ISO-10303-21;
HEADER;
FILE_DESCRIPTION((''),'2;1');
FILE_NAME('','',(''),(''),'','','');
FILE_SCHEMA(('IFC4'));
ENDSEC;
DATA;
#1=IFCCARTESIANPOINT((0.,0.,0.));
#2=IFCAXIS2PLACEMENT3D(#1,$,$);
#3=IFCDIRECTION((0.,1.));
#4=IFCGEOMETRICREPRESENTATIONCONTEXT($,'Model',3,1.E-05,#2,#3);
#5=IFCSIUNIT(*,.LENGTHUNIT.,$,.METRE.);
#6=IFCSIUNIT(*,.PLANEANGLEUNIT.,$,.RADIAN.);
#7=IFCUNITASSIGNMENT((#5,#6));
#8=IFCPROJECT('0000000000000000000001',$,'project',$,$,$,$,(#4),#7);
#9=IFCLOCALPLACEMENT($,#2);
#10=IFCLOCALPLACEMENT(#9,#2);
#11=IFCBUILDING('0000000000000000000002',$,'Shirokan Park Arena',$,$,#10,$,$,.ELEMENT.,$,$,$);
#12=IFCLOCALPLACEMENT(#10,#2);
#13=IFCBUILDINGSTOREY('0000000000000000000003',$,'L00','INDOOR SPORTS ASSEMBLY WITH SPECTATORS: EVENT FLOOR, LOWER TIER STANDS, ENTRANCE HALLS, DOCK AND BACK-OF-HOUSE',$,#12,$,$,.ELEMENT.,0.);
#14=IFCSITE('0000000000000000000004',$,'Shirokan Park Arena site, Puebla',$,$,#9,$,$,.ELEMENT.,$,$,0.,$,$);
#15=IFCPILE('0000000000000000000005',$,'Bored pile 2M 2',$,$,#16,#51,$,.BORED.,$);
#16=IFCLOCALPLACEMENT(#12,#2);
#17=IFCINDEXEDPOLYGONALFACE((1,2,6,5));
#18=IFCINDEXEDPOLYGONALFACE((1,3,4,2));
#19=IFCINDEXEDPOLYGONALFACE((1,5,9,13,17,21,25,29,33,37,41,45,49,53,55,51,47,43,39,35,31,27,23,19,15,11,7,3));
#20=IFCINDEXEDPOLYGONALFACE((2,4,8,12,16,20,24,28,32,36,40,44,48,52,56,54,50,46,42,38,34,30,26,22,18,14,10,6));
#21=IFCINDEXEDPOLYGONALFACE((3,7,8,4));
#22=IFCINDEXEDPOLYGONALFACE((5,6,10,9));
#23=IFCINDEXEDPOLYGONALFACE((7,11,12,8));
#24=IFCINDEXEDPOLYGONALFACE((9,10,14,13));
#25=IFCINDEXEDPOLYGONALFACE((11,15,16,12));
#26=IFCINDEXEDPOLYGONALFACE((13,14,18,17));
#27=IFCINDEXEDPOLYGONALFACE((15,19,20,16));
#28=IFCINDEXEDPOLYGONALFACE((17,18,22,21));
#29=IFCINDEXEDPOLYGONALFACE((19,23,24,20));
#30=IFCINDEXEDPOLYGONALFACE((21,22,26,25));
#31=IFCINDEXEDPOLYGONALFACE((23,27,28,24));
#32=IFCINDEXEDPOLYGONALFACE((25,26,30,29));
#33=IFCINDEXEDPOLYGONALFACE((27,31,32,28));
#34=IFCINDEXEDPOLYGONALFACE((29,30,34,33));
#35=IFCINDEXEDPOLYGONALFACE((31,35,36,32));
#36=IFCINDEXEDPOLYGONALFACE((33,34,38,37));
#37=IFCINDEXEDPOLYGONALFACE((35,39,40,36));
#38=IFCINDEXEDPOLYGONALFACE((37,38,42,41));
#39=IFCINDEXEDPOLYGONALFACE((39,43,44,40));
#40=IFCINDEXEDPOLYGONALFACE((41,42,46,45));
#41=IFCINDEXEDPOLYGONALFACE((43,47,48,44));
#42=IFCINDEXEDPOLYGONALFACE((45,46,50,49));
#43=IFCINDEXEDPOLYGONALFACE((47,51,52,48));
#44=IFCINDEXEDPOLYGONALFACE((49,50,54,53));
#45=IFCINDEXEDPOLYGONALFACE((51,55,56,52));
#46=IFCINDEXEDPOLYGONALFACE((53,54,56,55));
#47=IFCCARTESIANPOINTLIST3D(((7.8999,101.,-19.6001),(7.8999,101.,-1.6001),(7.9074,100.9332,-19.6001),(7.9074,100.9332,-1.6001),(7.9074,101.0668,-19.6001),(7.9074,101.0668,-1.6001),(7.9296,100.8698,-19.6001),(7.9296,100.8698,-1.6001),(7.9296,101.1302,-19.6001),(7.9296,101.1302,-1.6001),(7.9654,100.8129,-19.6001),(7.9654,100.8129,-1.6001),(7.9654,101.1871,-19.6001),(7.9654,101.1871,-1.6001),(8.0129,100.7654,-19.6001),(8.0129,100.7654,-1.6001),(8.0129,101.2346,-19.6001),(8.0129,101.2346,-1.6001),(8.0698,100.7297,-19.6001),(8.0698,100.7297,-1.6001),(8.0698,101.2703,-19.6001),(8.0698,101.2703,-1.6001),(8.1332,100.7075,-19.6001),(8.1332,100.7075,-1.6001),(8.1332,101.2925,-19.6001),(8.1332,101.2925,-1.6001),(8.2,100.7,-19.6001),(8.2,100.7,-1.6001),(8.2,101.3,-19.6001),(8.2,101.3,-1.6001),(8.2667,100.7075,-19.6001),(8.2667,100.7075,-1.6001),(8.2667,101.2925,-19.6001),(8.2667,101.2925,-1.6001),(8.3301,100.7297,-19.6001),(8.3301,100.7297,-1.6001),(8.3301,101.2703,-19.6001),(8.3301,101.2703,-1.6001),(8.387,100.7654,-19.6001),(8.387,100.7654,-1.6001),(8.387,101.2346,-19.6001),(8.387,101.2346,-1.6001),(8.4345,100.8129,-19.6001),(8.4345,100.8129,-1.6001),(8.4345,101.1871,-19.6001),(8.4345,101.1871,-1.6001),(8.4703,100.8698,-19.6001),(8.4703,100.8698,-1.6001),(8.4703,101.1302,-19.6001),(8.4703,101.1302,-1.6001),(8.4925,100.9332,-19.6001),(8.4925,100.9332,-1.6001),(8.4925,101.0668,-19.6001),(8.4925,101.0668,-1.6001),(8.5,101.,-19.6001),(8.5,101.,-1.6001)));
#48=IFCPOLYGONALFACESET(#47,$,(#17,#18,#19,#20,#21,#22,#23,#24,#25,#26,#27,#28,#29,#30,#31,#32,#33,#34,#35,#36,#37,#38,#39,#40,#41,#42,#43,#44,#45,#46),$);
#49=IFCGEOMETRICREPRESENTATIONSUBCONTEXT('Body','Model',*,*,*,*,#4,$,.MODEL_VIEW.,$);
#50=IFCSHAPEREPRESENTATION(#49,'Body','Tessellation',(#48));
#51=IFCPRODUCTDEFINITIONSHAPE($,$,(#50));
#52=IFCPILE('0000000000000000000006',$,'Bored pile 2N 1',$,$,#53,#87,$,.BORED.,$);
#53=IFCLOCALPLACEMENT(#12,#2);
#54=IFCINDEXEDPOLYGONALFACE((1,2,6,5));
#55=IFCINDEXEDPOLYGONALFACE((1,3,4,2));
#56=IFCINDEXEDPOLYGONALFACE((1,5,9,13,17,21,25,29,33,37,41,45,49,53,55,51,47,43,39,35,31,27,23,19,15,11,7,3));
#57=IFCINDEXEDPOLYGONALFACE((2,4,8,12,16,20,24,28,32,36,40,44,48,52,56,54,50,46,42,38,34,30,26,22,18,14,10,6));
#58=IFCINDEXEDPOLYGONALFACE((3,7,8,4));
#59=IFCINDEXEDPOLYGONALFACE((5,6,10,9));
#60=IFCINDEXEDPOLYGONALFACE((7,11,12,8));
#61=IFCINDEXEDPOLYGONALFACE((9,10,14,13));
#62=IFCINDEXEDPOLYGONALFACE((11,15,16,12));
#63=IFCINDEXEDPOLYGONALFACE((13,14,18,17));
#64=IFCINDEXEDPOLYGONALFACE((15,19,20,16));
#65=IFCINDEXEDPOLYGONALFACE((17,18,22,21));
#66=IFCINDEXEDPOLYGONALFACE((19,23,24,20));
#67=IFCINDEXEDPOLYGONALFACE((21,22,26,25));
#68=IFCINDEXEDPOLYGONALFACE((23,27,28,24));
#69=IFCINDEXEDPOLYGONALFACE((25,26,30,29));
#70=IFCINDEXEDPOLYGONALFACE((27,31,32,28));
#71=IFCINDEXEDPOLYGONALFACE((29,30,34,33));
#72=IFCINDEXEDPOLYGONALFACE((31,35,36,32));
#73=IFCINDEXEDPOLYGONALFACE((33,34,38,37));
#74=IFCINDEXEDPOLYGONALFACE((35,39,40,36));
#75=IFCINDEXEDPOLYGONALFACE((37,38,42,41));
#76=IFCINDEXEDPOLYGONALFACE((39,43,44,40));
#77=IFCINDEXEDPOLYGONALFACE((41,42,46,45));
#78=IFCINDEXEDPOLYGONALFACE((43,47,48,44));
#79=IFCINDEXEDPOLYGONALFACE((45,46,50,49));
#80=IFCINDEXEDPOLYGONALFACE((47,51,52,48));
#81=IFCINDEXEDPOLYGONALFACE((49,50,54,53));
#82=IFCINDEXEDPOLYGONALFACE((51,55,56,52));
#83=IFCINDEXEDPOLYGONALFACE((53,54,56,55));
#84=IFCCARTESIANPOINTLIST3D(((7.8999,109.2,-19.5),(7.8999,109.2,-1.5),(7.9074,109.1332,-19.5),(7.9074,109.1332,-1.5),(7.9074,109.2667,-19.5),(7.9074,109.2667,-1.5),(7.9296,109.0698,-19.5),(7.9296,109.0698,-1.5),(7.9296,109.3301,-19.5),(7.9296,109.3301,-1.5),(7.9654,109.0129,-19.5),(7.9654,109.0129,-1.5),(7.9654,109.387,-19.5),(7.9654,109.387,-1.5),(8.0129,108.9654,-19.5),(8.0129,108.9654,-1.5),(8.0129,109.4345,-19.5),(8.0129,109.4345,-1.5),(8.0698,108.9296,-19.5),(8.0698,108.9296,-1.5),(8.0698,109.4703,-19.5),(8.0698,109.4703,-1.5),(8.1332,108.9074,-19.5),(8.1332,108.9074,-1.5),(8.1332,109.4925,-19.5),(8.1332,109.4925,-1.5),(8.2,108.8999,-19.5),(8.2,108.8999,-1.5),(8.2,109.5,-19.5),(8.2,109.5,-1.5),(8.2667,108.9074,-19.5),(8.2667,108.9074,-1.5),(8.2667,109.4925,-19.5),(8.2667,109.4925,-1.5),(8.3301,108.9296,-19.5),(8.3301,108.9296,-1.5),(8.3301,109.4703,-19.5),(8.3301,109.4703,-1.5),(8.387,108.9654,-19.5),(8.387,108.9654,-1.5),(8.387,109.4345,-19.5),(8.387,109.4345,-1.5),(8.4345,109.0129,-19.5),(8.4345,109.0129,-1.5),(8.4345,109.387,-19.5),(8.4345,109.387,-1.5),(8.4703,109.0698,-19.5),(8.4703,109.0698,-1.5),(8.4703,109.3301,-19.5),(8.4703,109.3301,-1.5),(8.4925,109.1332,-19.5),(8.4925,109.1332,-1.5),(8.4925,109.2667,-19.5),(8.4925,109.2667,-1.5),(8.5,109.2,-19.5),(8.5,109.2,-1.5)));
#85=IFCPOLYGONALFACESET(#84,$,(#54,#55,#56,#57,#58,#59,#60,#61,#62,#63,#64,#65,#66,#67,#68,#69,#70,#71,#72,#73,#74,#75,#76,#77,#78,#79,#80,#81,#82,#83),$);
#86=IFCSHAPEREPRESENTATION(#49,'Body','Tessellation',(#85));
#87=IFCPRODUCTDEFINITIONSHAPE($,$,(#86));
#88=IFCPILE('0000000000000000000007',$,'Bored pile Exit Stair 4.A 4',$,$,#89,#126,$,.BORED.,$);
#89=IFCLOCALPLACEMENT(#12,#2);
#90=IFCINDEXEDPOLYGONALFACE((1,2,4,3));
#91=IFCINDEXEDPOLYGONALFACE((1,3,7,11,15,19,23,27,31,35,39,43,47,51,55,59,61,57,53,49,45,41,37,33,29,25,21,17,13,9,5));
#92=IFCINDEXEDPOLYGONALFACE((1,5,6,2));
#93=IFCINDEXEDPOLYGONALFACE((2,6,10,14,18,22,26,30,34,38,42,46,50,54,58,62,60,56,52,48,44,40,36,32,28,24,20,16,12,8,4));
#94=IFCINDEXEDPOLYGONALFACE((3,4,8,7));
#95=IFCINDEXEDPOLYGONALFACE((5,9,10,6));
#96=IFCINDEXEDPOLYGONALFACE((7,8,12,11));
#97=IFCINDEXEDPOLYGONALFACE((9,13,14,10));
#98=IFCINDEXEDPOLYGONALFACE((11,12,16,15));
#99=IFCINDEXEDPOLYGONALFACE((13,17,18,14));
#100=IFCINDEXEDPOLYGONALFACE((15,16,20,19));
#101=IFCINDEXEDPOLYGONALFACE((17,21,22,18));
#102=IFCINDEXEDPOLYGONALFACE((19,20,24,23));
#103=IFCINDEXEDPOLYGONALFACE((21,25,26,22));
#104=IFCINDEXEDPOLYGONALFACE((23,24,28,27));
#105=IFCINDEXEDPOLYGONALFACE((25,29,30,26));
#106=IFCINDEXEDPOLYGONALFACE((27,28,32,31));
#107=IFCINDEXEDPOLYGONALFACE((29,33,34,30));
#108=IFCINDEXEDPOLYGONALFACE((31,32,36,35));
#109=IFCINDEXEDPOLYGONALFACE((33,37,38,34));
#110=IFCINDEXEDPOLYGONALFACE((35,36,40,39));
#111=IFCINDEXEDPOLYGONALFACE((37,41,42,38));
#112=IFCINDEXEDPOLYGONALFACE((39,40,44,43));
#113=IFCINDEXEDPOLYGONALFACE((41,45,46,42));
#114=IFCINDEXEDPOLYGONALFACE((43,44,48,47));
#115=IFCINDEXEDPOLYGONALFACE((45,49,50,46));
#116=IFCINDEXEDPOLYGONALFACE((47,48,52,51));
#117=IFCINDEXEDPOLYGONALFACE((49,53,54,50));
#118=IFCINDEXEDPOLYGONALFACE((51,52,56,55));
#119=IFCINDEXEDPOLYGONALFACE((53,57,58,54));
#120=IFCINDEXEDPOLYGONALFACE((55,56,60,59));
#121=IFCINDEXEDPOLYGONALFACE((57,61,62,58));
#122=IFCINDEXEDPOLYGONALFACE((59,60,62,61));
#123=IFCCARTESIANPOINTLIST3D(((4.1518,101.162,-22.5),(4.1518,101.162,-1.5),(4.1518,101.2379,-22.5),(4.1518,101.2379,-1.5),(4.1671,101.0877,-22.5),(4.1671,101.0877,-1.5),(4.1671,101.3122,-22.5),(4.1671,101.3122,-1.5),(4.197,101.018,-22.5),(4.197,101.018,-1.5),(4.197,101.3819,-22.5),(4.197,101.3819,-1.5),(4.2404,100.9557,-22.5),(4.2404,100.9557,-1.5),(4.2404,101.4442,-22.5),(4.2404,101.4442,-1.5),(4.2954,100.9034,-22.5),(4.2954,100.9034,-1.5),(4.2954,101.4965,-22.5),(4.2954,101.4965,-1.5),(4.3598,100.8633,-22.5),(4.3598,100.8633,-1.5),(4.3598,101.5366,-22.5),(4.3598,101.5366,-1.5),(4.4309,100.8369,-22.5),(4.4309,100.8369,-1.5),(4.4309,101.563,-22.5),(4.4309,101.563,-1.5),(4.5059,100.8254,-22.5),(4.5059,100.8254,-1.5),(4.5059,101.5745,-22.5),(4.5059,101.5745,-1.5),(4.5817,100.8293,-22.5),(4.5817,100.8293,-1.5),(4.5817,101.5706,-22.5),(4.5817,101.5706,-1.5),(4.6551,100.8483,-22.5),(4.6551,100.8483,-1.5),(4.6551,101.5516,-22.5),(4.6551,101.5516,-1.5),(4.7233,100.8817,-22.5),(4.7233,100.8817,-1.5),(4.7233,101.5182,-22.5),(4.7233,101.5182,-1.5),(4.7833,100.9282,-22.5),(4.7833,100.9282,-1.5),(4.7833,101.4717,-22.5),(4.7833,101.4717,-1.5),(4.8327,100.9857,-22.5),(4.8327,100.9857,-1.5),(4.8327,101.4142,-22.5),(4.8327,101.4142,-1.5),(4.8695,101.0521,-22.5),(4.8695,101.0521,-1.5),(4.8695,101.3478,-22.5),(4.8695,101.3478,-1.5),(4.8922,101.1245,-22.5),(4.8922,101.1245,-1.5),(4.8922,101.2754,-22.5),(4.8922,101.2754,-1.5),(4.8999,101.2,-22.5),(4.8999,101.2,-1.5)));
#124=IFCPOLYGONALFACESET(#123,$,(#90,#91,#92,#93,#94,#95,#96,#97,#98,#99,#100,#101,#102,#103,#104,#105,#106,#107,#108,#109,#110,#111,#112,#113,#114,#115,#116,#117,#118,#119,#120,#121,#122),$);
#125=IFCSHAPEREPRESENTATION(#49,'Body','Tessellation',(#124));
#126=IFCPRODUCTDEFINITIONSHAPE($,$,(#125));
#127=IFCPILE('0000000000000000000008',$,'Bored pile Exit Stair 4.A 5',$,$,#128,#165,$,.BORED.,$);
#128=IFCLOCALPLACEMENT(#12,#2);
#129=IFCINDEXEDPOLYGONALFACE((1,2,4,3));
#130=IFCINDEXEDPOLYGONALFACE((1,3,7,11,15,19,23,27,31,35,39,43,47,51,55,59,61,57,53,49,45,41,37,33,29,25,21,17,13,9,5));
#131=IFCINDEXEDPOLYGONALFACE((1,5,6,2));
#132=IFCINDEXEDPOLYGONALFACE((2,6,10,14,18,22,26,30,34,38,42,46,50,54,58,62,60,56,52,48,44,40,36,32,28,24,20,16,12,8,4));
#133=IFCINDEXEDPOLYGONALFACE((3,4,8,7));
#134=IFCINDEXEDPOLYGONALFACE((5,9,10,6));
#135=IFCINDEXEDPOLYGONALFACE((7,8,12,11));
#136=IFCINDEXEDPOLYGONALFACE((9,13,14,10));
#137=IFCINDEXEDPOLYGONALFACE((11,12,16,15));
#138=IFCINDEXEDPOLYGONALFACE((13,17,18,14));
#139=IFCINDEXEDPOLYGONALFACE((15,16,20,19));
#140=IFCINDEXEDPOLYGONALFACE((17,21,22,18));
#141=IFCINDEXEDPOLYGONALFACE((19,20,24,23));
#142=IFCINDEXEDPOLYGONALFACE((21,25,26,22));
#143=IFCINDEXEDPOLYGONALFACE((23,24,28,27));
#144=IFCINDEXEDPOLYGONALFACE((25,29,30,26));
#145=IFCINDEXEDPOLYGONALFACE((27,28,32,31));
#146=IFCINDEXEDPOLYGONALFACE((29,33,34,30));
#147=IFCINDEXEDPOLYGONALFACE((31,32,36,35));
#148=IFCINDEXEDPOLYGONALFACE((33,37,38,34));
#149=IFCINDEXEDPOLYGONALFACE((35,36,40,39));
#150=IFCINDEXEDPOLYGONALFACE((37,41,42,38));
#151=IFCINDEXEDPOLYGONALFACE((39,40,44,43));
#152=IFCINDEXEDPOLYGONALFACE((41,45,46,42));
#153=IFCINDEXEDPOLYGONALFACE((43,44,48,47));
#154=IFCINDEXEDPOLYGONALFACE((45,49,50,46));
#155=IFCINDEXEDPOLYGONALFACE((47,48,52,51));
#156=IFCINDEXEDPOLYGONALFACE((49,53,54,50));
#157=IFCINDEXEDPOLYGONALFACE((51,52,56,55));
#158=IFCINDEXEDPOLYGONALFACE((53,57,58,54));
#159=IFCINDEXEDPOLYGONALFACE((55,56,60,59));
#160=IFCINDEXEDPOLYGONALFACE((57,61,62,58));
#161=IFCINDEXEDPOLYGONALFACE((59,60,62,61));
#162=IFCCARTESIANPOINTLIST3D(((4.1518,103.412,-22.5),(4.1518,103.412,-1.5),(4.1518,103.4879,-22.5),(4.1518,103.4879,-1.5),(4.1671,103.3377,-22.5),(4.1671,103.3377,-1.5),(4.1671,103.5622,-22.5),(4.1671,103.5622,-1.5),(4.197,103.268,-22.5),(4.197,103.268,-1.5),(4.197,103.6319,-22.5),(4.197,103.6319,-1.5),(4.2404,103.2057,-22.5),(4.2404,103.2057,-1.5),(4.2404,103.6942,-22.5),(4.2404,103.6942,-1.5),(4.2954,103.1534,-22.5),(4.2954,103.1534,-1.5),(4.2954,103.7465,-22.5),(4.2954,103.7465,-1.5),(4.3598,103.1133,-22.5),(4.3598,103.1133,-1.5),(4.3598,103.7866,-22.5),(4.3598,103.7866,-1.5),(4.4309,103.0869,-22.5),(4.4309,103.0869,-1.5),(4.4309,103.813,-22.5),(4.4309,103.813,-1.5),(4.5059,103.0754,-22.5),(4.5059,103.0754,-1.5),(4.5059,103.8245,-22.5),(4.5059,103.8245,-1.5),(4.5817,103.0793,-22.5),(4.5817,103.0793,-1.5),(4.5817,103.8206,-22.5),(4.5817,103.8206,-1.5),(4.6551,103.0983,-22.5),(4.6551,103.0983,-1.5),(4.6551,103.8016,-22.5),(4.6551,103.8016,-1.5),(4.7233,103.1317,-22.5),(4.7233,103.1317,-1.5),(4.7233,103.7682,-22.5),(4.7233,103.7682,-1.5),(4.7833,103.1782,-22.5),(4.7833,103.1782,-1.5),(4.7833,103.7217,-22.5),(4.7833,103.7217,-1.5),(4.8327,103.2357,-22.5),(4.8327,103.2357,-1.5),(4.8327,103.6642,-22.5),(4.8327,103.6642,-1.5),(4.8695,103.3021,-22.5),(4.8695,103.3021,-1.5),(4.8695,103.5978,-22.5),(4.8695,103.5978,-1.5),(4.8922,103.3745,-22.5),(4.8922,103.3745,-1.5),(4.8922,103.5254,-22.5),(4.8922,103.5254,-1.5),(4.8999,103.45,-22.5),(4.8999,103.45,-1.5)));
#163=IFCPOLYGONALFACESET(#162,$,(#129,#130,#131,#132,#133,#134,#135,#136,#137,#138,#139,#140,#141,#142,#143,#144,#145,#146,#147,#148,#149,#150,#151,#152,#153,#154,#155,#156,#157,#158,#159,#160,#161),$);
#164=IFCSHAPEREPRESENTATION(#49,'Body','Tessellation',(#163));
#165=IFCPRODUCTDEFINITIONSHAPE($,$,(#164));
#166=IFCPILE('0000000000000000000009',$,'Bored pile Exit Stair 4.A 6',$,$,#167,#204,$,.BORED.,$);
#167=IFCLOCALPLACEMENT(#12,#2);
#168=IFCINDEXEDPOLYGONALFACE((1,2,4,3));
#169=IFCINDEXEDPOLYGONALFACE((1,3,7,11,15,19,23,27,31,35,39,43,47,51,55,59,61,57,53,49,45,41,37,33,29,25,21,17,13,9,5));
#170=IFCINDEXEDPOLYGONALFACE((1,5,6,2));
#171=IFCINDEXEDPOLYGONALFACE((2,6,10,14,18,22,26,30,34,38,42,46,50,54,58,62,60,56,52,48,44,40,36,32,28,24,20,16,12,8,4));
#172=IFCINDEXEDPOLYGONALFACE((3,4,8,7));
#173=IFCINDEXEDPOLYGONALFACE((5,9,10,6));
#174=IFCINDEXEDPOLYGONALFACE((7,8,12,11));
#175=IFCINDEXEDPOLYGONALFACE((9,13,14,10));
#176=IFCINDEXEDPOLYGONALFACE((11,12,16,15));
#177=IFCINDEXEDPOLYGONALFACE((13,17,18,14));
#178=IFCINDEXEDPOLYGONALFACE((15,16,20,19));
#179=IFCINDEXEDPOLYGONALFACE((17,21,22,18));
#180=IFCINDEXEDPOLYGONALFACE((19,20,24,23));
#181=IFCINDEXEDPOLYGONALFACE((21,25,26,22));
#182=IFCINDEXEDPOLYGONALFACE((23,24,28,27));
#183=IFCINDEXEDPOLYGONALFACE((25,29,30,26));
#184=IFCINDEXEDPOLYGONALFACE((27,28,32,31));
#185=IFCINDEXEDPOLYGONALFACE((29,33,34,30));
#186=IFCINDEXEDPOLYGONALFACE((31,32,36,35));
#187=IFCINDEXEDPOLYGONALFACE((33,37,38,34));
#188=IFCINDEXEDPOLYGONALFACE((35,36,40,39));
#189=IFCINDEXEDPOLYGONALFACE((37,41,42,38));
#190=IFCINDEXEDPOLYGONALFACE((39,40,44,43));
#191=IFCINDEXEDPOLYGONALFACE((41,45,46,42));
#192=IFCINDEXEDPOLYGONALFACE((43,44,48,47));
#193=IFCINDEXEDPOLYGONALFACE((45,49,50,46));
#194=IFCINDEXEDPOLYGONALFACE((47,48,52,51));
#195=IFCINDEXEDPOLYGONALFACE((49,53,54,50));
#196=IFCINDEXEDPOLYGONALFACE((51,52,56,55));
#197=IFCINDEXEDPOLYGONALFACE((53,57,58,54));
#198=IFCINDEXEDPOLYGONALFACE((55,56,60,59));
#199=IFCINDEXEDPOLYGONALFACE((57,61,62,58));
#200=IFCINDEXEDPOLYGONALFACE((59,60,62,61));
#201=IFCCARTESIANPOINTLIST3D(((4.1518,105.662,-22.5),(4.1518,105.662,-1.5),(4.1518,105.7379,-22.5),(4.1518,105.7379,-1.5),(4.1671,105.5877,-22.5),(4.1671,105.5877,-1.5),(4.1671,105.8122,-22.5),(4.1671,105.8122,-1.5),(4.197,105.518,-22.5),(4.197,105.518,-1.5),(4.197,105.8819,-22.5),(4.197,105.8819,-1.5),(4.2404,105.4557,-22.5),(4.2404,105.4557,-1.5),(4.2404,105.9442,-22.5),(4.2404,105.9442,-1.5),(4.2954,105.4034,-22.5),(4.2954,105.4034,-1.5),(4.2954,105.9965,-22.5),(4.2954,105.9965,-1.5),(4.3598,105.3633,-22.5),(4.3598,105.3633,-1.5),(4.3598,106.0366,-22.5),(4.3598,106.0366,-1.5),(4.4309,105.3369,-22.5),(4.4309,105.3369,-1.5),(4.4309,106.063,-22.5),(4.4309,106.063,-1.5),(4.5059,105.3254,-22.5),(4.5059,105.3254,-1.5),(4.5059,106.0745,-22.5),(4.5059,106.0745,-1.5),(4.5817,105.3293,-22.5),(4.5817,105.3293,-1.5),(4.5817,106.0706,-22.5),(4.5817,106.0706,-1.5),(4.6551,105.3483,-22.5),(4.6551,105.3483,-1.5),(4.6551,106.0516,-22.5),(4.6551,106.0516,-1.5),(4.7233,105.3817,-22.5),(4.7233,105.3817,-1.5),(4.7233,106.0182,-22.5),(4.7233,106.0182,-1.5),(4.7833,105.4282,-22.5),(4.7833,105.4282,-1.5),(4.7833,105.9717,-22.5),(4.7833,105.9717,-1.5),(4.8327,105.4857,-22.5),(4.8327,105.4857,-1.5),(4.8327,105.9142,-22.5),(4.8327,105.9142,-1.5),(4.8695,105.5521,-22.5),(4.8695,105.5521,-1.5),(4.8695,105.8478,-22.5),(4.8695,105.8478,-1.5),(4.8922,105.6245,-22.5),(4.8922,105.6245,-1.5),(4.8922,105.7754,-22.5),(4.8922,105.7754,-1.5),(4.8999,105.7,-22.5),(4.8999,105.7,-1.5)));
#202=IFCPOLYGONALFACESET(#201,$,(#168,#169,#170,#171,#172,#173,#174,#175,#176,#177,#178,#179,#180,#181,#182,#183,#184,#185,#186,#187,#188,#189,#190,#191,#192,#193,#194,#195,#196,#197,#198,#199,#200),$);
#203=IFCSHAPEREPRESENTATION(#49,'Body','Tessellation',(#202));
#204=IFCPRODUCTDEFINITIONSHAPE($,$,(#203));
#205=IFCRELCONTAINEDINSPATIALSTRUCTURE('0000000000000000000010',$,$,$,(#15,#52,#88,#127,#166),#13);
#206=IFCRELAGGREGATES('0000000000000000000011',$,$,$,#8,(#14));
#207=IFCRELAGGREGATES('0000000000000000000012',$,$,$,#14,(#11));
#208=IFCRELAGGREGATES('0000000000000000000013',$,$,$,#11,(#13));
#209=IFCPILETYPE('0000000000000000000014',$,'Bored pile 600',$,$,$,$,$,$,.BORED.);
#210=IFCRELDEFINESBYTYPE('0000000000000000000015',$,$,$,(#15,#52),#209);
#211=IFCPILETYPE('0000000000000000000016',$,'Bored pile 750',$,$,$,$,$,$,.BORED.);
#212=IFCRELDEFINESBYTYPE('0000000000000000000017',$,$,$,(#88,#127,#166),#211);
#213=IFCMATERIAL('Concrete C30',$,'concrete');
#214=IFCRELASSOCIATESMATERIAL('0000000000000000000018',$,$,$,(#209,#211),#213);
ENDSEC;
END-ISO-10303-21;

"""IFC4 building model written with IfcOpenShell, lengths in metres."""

from ifc_helpers import new_model, si_unit, direction, frame, origin, origin_2d, place, context, subcontext, project, spatial, circle, extrude, material, material_profile, profile_set, type_object, element, save


model = new_model("IFC4")

# Units and contexts
model_context = context("Model", 3, precision=1e-05, world=origin(), true_north=direction((0.0, 1.0)))
body_context = subcontext(model_context, "Body", "Model", "MODEL_VIEW")
ifc_project = project(units=[si_unit("LENGTHUNIT", "METRE"), si_unit("PLANEANGLEUNIT", "RADIAN")], contexts=[model_context])

# Site, building, storey
site_placement = place(None, origin())
site = spatial("IfcSite", under=ifc_project, at=site_placement, Name="Shirokan Park Arena site, Puebla", CompositionType="ELEMENT", RefElevation=0.0)
building_placement = place(site_placement, origin())
building = spatial("IfcBuilding", under=site, at=building_placement, Name="Shirokan Park Arena", CompositionType="ELEMENT")
storey_placement = place(building_placement, origin())
storey = spatial("IfcBuildingStorey", under=building, at=storey_placement, Name="L00", Description="INDOOR SPORTS ASSEMBLY WITH SPECTATORS: EVENT FLOOR, LOWER TIER STANDS, ENTRANCE HALLS, DOCK AND BACK-OF-HOUSE", CompositionType="ELEMENT", Elevation=0.0)

# Piles
ifc_material_1 = material(Name="Concrete C30", Category="concrete")
ifc_material_profile_1 = material_profile(ifc_material_1, circle(Radius=0.3, at=origin_2d()), Name="D600")
ifc_profile_set_1 = profile_set([ifc_material_profile_1], Name="Concrete C30")
pile_type_1 = type_object("IfcPileType", Name="Bored pile 600", PredefinedType="BORED", material=ifc_profile_set_1)
for number, where, z_axis, x_axis, name in (
    (1, (8.2, 101.0, -1.6001), (0.0, 0.0, -1.0), (1.0, 0.0, 0.0), "Bored pile 2M 2"),
    (2, (8.2, 109.2, -1.5), (0.0, 0.0, -1.0), (1.0, 0.0, 0.0), "Bored pile 2N 1"),
):
    element("IfcPile", number, at=place(storey_placement, frame(where, z_axis=z_axis, x_axis=x_axis)), inside=storey, type_object=pile_type_1, Name=name, PredefinedType="BORED", context=body_context, shape_type="SweptSolid", body=[
        extrude(circle(Radius=0.3, at=origin_2d()), origin(), (0.0, 0.0, 1.0), 18.0),
    ])
ifc_material_profile_2 = material_profile(ifc_material_1, circle(Radius=0.375, at=origin_2d()), Name="D750")
ifc_profile_set_2 = profile_set([ifc_material_profile_2], Name="Concrete C30")
pile_type_2 = type_object("IfcPileType", Name="Bored pile 750", PredefinedType="BORED", material=ifc_profile_set_2)
for number, where, z_axis, x_axis, name in (
    (3, (4.5249, 101.2, -1.5), (0.0, 0.0, -1.0), (1.0, 0.0, 0.0), "Bored pile Exit Stair 4.A 4"),
    (4, (4.5249, 103.45, -1.5), (0.0, 0.0, -1.0), (1.0, 0.0, 0.0), "Bored pile Exit Stair 4.A 5"),
    (5, (4.5249, 105.7, -1.5), (0.0, 0.0, -1.0), (1.0, 0.0, 0.0), "Bored pile Exit Stair 4.A 6"),
):
    element("IfcPile", number, at=place(storey_placement, frame(where, z_axis=z_axis, x_axis=x_axis)), inside=storey, type_object=pile_type_2, Name=name, PredefinedType="BORED", context=body_context, shape_type="SweptSolid", body=[
        extrude(circle(Radius=0.375, at=origin_2d()), origin(), (0.0, 0.0, 1.0), 21.0),
    ])

save(model, "model.ifc")
